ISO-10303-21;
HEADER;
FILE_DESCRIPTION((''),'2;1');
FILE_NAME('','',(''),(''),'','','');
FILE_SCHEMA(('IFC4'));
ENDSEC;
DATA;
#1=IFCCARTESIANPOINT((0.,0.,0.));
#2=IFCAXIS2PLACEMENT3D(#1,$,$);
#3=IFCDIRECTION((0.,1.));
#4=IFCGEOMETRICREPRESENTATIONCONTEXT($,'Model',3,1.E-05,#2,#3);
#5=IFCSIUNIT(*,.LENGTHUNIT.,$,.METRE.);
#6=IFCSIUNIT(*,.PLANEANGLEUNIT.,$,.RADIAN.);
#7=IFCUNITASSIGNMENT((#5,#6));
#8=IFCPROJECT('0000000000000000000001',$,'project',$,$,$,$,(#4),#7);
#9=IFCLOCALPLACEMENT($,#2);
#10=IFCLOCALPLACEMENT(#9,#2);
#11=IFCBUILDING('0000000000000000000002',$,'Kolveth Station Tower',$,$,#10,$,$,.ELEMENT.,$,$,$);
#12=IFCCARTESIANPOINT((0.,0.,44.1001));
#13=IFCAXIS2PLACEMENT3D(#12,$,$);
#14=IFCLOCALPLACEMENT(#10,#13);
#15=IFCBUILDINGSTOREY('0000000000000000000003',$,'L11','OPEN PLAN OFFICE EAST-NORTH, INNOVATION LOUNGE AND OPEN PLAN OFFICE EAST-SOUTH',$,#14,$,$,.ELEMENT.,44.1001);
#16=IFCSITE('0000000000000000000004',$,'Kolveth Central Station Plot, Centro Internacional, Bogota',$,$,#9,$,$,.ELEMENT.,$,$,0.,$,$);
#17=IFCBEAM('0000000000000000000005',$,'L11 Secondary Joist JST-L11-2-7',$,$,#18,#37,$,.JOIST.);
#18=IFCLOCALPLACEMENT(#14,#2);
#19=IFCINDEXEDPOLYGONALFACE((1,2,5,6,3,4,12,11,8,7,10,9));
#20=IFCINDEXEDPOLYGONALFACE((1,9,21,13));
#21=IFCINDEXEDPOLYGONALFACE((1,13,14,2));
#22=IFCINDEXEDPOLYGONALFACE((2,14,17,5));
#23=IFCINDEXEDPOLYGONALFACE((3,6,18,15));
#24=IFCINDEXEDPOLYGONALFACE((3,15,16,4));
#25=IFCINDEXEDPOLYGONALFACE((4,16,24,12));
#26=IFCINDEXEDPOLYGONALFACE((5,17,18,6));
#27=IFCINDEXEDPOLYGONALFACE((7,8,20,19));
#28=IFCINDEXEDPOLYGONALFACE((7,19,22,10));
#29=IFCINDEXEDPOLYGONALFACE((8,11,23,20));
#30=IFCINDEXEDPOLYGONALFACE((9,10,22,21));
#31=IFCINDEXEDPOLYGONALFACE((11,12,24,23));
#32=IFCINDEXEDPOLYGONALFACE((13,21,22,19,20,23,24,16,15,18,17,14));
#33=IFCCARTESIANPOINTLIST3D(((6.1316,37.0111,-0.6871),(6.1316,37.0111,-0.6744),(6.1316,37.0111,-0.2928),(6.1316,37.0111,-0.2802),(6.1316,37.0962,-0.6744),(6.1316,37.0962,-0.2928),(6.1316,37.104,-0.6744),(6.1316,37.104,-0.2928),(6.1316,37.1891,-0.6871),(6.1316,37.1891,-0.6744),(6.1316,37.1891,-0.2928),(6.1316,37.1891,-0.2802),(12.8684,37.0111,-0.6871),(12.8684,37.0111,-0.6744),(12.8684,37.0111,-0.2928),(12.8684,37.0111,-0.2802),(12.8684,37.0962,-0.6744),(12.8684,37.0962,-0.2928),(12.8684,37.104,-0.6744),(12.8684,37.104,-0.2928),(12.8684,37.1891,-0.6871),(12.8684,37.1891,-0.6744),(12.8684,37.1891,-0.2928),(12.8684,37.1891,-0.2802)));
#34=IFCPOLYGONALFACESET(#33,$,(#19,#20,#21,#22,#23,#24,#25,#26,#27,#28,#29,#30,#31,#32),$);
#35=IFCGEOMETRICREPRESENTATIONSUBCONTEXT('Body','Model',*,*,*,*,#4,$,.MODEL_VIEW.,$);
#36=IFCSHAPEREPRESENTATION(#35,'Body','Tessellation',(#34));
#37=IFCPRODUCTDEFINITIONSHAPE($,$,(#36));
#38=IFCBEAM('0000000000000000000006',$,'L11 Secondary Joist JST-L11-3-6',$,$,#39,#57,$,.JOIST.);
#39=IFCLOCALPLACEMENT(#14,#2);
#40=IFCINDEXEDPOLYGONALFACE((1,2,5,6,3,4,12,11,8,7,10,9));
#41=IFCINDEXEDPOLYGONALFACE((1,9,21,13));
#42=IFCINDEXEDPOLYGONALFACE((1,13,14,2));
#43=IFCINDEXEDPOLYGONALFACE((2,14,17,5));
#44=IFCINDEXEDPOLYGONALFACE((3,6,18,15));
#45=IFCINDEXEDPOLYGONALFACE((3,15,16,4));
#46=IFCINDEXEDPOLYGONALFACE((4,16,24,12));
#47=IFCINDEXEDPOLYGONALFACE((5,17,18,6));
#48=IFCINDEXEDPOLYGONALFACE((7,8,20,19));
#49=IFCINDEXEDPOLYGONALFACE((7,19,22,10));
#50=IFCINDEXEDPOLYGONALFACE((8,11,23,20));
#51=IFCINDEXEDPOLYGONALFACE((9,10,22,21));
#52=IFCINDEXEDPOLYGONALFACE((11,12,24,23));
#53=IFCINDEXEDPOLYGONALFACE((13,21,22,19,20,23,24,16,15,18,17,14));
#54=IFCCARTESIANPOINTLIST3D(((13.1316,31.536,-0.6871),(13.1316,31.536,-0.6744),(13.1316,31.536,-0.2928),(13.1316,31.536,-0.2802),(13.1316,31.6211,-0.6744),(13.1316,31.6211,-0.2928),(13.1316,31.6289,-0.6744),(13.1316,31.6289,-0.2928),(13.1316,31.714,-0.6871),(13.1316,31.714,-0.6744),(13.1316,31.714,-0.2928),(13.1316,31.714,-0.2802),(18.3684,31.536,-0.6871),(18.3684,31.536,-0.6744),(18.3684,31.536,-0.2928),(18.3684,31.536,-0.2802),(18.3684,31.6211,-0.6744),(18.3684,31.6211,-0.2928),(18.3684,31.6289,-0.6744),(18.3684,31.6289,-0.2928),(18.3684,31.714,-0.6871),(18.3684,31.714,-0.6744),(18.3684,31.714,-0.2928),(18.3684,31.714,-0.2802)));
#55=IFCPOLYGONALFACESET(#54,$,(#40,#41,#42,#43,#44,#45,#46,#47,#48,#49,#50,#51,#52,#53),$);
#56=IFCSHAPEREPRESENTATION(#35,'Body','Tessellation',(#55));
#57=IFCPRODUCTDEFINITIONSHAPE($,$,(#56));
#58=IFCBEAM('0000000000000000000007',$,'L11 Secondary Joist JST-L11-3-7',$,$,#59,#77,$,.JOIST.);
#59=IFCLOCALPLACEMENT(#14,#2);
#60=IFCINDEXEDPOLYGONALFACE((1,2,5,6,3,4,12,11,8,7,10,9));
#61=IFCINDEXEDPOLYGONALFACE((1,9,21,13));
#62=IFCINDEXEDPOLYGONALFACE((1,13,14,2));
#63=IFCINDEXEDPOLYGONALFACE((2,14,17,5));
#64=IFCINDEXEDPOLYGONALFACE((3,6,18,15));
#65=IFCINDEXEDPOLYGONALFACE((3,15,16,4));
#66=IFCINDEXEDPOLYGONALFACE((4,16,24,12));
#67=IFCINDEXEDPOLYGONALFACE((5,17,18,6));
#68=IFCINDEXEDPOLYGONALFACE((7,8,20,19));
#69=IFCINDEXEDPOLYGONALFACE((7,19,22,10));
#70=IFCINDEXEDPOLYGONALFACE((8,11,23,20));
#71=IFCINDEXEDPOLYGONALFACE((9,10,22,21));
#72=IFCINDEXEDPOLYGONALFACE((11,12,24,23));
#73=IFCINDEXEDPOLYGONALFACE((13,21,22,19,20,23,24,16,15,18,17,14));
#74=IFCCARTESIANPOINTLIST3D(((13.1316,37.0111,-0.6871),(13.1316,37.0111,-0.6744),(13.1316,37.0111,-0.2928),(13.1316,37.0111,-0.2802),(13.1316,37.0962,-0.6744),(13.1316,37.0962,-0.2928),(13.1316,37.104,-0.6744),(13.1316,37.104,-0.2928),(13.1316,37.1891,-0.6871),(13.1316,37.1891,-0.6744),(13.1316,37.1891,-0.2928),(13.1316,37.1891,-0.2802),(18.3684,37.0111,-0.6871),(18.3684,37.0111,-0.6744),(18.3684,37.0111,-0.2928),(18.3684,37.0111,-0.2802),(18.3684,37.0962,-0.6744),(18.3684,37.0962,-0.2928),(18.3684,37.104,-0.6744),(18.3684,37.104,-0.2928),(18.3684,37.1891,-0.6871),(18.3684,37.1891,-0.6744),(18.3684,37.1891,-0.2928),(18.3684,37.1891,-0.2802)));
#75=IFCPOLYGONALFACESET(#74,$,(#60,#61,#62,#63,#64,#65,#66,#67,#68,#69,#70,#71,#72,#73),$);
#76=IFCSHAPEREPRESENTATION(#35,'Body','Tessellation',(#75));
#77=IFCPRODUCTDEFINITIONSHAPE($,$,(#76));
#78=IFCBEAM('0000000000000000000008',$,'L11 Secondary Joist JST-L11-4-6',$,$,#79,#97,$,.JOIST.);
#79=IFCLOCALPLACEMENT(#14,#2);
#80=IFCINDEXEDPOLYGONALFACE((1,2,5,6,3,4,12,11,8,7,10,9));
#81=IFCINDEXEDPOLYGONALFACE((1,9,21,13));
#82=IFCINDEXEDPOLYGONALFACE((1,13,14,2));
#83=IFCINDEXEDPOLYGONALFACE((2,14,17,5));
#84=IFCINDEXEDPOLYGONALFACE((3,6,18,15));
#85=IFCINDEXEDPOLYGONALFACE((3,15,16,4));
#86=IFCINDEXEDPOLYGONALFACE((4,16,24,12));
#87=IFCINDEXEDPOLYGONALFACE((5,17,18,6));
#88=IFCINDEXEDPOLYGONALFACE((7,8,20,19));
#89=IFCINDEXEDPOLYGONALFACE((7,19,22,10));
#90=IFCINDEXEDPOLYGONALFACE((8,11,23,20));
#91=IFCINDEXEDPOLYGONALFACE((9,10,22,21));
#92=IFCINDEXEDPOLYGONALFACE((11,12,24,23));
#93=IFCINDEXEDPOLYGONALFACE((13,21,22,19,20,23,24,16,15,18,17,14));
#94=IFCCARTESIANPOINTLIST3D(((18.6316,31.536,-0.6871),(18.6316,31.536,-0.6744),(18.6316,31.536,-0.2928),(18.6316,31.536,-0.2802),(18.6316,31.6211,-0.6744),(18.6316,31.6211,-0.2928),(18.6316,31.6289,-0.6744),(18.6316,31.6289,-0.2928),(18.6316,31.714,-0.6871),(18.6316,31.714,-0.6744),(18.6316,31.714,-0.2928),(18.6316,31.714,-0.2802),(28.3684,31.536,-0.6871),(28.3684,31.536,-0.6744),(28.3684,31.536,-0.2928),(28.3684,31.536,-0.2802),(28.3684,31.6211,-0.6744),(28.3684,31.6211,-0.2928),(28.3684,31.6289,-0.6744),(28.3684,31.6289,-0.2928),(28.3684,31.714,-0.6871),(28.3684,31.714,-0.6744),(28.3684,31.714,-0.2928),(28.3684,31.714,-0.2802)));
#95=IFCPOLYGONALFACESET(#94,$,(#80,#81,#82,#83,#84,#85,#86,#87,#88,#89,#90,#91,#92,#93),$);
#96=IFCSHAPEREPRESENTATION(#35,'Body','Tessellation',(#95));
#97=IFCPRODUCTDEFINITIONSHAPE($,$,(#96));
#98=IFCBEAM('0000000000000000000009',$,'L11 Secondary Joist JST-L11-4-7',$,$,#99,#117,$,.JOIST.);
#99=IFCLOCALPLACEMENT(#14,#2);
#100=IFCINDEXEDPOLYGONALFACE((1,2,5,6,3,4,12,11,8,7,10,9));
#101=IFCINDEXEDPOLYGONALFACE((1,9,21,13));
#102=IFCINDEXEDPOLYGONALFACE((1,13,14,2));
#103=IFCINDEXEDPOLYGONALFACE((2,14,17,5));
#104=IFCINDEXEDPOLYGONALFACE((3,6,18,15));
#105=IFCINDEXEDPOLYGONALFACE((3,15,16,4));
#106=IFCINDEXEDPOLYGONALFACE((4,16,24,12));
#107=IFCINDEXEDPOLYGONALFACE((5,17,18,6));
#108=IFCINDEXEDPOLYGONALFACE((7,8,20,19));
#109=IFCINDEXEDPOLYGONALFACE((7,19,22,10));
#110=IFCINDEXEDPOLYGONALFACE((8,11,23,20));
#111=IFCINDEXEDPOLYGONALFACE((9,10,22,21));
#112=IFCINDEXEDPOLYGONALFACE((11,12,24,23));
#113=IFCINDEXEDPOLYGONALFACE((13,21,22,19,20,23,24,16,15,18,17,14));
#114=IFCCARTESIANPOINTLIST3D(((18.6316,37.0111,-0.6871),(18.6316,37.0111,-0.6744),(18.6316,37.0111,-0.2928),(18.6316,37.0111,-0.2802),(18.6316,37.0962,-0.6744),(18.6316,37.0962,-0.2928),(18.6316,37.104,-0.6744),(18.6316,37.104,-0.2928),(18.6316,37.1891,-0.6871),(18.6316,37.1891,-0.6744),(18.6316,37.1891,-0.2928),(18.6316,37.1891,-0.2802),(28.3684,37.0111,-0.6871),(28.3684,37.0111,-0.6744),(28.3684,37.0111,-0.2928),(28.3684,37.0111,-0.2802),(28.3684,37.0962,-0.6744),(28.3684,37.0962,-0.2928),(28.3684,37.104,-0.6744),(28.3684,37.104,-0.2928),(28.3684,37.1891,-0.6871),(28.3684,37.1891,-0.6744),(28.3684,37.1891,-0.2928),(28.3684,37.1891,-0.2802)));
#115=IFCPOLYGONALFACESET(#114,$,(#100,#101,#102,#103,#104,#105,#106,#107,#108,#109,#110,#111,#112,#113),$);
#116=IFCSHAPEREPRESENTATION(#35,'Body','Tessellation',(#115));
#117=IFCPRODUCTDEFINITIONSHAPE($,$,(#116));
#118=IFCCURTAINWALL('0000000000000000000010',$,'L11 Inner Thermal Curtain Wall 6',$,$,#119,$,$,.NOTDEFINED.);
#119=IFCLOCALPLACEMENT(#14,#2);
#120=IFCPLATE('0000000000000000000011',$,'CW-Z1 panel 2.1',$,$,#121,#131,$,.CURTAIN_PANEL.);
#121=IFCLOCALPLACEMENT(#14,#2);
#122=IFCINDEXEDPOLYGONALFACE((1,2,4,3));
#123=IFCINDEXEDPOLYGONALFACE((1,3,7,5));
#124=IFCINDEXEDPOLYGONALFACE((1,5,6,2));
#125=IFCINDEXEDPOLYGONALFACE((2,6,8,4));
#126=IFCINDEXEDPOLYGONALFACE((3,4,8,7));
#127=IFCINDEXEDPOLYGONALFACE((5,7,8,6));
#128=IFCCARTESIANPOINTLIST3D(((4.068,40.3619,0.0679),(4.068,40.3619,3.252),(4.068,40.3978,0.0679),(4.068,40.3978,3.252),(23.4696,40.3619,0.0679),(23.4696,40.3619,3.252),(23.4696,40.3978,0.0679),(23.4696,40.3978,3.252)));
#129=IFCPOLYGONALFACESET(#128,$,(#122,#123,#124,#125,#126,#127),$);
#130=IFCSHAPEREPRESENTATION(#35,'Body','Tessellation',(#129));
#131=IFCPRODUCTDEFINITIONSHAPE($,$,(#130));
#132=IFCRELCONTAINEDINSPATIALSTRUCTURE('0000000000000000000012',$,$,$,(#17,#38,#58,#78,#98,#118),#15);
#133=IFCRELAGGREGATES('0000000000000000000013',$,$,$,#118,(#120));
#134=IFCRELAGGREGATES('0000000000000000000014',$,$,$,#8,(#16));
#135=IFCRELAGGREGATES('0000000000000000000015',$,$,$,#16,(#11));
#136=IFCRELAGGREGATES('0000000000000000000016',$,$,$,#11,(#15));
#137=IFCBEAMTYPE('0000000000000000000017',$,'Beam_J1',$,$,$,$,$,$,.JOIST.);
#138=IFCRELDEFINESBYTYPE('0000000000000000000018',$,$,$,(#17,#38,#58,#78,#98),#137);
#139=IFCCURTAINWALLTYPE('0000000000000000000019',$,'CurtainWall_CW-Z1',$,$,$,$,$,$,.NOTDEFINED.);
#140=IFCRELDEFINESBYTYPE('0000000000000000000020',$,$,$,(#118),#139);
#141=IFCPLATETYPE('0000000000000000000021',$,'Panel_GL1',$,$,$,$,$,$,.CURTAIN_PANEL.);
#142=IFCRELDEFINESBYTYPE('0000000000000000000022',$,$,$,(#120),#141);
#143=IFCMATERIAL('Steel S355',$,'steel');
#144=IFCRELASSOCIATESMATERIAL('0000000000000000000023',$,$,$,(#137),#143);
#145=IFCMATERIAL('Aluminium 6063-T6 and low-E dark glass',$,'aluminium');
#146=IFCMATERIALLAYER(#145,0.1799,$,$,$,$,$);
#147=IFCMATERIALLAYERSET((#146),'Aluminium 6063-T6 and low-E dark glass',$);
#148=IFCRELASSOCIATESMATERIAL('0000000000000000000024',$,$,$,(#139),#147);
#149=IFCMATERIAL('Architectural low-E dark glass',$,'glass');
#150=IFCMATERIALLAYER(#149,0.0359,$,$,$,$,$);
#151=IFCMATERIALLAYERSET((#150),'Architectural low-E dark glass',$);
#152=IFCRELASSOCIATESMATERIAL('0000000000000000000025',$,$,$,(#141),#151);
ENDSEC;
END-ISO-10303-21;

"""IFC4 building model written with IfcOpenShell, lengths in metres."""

from ifc_helpers import new_model, si_unit, direction, frame, origin, origin_2d, place, context, subcontext, project, spatial, rectangle, i_section, extrude, source, transform, mapped, material, layer, layer_set, material_profile, profile_set, type_object, element, aggregate, save


model = new_model("IFC4")

# Units and contexts
model_context = context("Model", 3, precision=1e-05, world=origin(), true_north=direction((0.0, 1.0)))
body_context = subcontext(model_context, "Body", "Model", "MODEL_VIEW")
ifc_project = project(units=[si_unit("LENGTHUNIT", "METRE"), si_unit("PLANEANGLEUNIT", "RADIAN")], contexts=[model_context])

# Site, building, storey
site_placement = place(None, origin())
site = spatial("IfcSite", under=ifc_project, at=site_placement, Name="Kolveth Central Station Plot, Centro Internacional, Bogota", CompositionType="ELEMENT", RefElevation=0.0)
building_placement = place(site_placement, origin())
building = spatial("IfcBuilding", under=site, at=building_placement, Name="Kolveth Station Tower", CompositionType="ELEMENT")
storey_placement = place(building_placement, frame((0.0, 0.0, 44.1001)))
storey = spatial("IfcBuildingStorey", under=building, at=storey_placement, Name="L11", Description="OPEN PLAN OFFICE EAST-NORTH, INNOVATION LOUNGE AND OPEN PLAN OFFICE EAST-SOUTH", CompositionType="ELEMENT", Elevation=44.1001)

# Shared definitions
ifc_material_1 = material(Name="Steel S355", Category="steel")

# Beams
ifc_material_profile_1 = material_profile(ifc_material_1, i_section(OverallWidth=0.178, OverallDepth=0.407, WebThickness=0.0078, FlangeThickness=0.0127, at=origin_2d()), Name="W410x60")
ifc_profile_set_1 = profile_set([ifc_material_profile_1], Name="Steel S355")
beam_type_1 = type_object("IfcBeamType", Name="Beam_J1", PredefinedType="JOIST", material=ifc_profile_set_1)
shared_shape_1 = source(origin(), body_context, "Body", "SweptSolid", [
    extrude(i_section(OverallWidth=0.178, OverallDepth=0.407, WebThickness=0.0078, FlangeThickness=0.0127, at=origin_2d()), origin(), (0.0, 0.0, 1.0), 6.7368),
])
for number, where, z_axis, x_axis, name in (
    (1, (6.1316, 37.1001, -0.4836), (1.0, 0.0, 0.0), (0.0, 1.0, 0.0), "L11 Secondary Joist JST-L11-2-7"),
):
    element("IfcBeam", number, at=place(storey_placement, frame(where, z_axis=z_axis, x_axis=x_axis)), inside=storey, type_object=beam_type_1, Name=name, PredefinedType="JOIST", context=body_context, shape_type="MappedRepresentation", body=[
        mapped(shared_shape_1, transform((0.0, 0.0, 0.0), x_axis=(1.0, 0.0, 0.0), y_axis=(0.0, 1.0, 0.0), z_axis=(0.0, 0.0, 1.0), scale=1.0)),
    ])
shared_shape_2 = source(origin(), body_context, "Body", "SweptSolid", [
    extrude(i_section(OverallWidth=0.178, OverallDepth=0.407, WebThickness=0.0078, FlangeThickness=0.0127, at=origin_2d()), origin(), (0.0, 0.0, 1.0), 5.2368),
])
for number, where, z_axis, x_axis, name in (
    (2, (13.1316, 31.625, -0.4836), (1.0, 0.0, 0.0), (0.0, 1.0, 0.0), "L11 Secondary Joist JST-L11-3-6"),
    (3, (13.1316, 37.1001, -0.4836), (1.0, 0.0, 0.0), (0.0, 1.0, 0.0), "L11 Secondary Joist JST-L11-3-7"),
):
    element("IfcBeam", number, at=place(storey_placement, frame(where, z_axis=z_axis, x_axis=x_axis)), inside=storey, type_object=beam_type_1, Name=name, PredefinedType="JOIST", context=body_context, shape_type="MappedRepresentation", body=[
        mapped(shared_shape_2, transform((0.0, 0.0, 0.0), x_axis=(1.0, 0.0, 0.0), y_axis=(0.0, 1.0, 0.0), z_axis=(0.0, 0.0, 1.0), scale=1.0)),
    ])
shared_shape_3 = source(origin(), body_context, "Body", "SweptSolid", [
    extrude(i_section(OverallWidth=0.178, OverallDepth=0.407, WebThickness=0.0078, FlangeThickness=0.0127, at=origin_2d()), origin(), (0.0, 0.0, 1.0), 9.7368),
])
for number, where, z_axis, x_axis, name in (
    (4, (18.6316, 31.625, -0.4836), (1.0, 0.0, 0.0), (0.0, 1.0, 0.0), "L11 Secondary Joist JST-L11-4-6"),
    (5, (18.6316, 37.1001, -0.4836), (1.0, 0.0, 0.0), (0.0, 1.0, 0.0), "L11 Secondary Joist JST-L11-4-7"),
):
    element("IfcBeam", number, at=place(storey_placement, frame(where, z_axis=z_axis, x_axis=x_axis)), inside=storey, type_object=beam_type_1, Name=name, PredefinedType="JOIST", context=body_context, shape_type="MappedRepresentation", body=[
        mapped(shared_shape_3, transform((0.0, 0.0, 0.0), x_axis=(1.0, 0.0, 0.0), y_axis=(0.0, 1.0, 0.0), z_axis=(0.0, 0.0, 1.0), scale=1.0)),
    ])

# Curtain wall, plate
ifc_material_2 = material(Name="Aluminium 6063-T6 and low-E dark glass", Category="aluminium")
ifc_layer_1 = layer(ifc_material_2, 0.1799)
ifc_layer_set_1 = layer_set([ifc_layer_1], Name="Aluminium 6063-T6 and low-E dark glass")
curtain_wall_type = type_object("IfcCurtainWallType", Name="CurtainWall_CW-Z1", PredefinedType="NOTDEFINED", material=ifc_layer_set_1)
curtain_wall_placement = place(storey_placement, origin())
curtain_wall = element("IfcCurtainWall", 6, at=curtain_wall_placement, inside=storey, type_object=curtain_wall_type, Name="L11 Inner Thermal Curtain Wall 6", PredefinedType="NOTDEFINED")
ifc_material_3 = material(Name="Architectural low-E dark glass", Category="glass")
ifc_layer_2 = layer(ifc_material_3, 0.0359)
ifc_layer_set_2 = layer_set([ifc_layer_2], Name="Architectural low-E dark glass")
plate_type = type_object("IfcPlateType", Name="Panel_GL1", PredefinedType="CURTAIN_PANEL", material=ifc_layer_set_2)
shared_shape_4 = source(origin(), body_context, "Body", "SweptSolid", [
    extrude(rectangle(XDim=19.4016, YDim=0.0359, at=origin_2d()), origin(), (0.0, 0.0, 1.0), 3.1841),
])
plate_placement = place(storey_placement, frame((13.7688, 40.3799, 0.0679), z_axis=(0.0, 0.0, 1.0), x_axis=(-1.0, 0.0, 0.0)))
plate = element("IfcPlate", 7, at=plate_placement, type_object=plate_type, Name="CW-Z1 panel 2.1", PredefinedType="CURTAIN_PANEL", context=body_context, shape_type="MappedRepresentation", body=[
    mapped(shared_shape_4, transform((0.0, 0.0, 0.0), x_axis=(1.0, 0.0, 0.0), y_axis=(0.0, 1.0, 0.0), z_axis=(0.0, 0.0, 1.0), scale=1.0)),
])
aggregate(curtain_wall, [plate])

save(model, "model.ifc")
